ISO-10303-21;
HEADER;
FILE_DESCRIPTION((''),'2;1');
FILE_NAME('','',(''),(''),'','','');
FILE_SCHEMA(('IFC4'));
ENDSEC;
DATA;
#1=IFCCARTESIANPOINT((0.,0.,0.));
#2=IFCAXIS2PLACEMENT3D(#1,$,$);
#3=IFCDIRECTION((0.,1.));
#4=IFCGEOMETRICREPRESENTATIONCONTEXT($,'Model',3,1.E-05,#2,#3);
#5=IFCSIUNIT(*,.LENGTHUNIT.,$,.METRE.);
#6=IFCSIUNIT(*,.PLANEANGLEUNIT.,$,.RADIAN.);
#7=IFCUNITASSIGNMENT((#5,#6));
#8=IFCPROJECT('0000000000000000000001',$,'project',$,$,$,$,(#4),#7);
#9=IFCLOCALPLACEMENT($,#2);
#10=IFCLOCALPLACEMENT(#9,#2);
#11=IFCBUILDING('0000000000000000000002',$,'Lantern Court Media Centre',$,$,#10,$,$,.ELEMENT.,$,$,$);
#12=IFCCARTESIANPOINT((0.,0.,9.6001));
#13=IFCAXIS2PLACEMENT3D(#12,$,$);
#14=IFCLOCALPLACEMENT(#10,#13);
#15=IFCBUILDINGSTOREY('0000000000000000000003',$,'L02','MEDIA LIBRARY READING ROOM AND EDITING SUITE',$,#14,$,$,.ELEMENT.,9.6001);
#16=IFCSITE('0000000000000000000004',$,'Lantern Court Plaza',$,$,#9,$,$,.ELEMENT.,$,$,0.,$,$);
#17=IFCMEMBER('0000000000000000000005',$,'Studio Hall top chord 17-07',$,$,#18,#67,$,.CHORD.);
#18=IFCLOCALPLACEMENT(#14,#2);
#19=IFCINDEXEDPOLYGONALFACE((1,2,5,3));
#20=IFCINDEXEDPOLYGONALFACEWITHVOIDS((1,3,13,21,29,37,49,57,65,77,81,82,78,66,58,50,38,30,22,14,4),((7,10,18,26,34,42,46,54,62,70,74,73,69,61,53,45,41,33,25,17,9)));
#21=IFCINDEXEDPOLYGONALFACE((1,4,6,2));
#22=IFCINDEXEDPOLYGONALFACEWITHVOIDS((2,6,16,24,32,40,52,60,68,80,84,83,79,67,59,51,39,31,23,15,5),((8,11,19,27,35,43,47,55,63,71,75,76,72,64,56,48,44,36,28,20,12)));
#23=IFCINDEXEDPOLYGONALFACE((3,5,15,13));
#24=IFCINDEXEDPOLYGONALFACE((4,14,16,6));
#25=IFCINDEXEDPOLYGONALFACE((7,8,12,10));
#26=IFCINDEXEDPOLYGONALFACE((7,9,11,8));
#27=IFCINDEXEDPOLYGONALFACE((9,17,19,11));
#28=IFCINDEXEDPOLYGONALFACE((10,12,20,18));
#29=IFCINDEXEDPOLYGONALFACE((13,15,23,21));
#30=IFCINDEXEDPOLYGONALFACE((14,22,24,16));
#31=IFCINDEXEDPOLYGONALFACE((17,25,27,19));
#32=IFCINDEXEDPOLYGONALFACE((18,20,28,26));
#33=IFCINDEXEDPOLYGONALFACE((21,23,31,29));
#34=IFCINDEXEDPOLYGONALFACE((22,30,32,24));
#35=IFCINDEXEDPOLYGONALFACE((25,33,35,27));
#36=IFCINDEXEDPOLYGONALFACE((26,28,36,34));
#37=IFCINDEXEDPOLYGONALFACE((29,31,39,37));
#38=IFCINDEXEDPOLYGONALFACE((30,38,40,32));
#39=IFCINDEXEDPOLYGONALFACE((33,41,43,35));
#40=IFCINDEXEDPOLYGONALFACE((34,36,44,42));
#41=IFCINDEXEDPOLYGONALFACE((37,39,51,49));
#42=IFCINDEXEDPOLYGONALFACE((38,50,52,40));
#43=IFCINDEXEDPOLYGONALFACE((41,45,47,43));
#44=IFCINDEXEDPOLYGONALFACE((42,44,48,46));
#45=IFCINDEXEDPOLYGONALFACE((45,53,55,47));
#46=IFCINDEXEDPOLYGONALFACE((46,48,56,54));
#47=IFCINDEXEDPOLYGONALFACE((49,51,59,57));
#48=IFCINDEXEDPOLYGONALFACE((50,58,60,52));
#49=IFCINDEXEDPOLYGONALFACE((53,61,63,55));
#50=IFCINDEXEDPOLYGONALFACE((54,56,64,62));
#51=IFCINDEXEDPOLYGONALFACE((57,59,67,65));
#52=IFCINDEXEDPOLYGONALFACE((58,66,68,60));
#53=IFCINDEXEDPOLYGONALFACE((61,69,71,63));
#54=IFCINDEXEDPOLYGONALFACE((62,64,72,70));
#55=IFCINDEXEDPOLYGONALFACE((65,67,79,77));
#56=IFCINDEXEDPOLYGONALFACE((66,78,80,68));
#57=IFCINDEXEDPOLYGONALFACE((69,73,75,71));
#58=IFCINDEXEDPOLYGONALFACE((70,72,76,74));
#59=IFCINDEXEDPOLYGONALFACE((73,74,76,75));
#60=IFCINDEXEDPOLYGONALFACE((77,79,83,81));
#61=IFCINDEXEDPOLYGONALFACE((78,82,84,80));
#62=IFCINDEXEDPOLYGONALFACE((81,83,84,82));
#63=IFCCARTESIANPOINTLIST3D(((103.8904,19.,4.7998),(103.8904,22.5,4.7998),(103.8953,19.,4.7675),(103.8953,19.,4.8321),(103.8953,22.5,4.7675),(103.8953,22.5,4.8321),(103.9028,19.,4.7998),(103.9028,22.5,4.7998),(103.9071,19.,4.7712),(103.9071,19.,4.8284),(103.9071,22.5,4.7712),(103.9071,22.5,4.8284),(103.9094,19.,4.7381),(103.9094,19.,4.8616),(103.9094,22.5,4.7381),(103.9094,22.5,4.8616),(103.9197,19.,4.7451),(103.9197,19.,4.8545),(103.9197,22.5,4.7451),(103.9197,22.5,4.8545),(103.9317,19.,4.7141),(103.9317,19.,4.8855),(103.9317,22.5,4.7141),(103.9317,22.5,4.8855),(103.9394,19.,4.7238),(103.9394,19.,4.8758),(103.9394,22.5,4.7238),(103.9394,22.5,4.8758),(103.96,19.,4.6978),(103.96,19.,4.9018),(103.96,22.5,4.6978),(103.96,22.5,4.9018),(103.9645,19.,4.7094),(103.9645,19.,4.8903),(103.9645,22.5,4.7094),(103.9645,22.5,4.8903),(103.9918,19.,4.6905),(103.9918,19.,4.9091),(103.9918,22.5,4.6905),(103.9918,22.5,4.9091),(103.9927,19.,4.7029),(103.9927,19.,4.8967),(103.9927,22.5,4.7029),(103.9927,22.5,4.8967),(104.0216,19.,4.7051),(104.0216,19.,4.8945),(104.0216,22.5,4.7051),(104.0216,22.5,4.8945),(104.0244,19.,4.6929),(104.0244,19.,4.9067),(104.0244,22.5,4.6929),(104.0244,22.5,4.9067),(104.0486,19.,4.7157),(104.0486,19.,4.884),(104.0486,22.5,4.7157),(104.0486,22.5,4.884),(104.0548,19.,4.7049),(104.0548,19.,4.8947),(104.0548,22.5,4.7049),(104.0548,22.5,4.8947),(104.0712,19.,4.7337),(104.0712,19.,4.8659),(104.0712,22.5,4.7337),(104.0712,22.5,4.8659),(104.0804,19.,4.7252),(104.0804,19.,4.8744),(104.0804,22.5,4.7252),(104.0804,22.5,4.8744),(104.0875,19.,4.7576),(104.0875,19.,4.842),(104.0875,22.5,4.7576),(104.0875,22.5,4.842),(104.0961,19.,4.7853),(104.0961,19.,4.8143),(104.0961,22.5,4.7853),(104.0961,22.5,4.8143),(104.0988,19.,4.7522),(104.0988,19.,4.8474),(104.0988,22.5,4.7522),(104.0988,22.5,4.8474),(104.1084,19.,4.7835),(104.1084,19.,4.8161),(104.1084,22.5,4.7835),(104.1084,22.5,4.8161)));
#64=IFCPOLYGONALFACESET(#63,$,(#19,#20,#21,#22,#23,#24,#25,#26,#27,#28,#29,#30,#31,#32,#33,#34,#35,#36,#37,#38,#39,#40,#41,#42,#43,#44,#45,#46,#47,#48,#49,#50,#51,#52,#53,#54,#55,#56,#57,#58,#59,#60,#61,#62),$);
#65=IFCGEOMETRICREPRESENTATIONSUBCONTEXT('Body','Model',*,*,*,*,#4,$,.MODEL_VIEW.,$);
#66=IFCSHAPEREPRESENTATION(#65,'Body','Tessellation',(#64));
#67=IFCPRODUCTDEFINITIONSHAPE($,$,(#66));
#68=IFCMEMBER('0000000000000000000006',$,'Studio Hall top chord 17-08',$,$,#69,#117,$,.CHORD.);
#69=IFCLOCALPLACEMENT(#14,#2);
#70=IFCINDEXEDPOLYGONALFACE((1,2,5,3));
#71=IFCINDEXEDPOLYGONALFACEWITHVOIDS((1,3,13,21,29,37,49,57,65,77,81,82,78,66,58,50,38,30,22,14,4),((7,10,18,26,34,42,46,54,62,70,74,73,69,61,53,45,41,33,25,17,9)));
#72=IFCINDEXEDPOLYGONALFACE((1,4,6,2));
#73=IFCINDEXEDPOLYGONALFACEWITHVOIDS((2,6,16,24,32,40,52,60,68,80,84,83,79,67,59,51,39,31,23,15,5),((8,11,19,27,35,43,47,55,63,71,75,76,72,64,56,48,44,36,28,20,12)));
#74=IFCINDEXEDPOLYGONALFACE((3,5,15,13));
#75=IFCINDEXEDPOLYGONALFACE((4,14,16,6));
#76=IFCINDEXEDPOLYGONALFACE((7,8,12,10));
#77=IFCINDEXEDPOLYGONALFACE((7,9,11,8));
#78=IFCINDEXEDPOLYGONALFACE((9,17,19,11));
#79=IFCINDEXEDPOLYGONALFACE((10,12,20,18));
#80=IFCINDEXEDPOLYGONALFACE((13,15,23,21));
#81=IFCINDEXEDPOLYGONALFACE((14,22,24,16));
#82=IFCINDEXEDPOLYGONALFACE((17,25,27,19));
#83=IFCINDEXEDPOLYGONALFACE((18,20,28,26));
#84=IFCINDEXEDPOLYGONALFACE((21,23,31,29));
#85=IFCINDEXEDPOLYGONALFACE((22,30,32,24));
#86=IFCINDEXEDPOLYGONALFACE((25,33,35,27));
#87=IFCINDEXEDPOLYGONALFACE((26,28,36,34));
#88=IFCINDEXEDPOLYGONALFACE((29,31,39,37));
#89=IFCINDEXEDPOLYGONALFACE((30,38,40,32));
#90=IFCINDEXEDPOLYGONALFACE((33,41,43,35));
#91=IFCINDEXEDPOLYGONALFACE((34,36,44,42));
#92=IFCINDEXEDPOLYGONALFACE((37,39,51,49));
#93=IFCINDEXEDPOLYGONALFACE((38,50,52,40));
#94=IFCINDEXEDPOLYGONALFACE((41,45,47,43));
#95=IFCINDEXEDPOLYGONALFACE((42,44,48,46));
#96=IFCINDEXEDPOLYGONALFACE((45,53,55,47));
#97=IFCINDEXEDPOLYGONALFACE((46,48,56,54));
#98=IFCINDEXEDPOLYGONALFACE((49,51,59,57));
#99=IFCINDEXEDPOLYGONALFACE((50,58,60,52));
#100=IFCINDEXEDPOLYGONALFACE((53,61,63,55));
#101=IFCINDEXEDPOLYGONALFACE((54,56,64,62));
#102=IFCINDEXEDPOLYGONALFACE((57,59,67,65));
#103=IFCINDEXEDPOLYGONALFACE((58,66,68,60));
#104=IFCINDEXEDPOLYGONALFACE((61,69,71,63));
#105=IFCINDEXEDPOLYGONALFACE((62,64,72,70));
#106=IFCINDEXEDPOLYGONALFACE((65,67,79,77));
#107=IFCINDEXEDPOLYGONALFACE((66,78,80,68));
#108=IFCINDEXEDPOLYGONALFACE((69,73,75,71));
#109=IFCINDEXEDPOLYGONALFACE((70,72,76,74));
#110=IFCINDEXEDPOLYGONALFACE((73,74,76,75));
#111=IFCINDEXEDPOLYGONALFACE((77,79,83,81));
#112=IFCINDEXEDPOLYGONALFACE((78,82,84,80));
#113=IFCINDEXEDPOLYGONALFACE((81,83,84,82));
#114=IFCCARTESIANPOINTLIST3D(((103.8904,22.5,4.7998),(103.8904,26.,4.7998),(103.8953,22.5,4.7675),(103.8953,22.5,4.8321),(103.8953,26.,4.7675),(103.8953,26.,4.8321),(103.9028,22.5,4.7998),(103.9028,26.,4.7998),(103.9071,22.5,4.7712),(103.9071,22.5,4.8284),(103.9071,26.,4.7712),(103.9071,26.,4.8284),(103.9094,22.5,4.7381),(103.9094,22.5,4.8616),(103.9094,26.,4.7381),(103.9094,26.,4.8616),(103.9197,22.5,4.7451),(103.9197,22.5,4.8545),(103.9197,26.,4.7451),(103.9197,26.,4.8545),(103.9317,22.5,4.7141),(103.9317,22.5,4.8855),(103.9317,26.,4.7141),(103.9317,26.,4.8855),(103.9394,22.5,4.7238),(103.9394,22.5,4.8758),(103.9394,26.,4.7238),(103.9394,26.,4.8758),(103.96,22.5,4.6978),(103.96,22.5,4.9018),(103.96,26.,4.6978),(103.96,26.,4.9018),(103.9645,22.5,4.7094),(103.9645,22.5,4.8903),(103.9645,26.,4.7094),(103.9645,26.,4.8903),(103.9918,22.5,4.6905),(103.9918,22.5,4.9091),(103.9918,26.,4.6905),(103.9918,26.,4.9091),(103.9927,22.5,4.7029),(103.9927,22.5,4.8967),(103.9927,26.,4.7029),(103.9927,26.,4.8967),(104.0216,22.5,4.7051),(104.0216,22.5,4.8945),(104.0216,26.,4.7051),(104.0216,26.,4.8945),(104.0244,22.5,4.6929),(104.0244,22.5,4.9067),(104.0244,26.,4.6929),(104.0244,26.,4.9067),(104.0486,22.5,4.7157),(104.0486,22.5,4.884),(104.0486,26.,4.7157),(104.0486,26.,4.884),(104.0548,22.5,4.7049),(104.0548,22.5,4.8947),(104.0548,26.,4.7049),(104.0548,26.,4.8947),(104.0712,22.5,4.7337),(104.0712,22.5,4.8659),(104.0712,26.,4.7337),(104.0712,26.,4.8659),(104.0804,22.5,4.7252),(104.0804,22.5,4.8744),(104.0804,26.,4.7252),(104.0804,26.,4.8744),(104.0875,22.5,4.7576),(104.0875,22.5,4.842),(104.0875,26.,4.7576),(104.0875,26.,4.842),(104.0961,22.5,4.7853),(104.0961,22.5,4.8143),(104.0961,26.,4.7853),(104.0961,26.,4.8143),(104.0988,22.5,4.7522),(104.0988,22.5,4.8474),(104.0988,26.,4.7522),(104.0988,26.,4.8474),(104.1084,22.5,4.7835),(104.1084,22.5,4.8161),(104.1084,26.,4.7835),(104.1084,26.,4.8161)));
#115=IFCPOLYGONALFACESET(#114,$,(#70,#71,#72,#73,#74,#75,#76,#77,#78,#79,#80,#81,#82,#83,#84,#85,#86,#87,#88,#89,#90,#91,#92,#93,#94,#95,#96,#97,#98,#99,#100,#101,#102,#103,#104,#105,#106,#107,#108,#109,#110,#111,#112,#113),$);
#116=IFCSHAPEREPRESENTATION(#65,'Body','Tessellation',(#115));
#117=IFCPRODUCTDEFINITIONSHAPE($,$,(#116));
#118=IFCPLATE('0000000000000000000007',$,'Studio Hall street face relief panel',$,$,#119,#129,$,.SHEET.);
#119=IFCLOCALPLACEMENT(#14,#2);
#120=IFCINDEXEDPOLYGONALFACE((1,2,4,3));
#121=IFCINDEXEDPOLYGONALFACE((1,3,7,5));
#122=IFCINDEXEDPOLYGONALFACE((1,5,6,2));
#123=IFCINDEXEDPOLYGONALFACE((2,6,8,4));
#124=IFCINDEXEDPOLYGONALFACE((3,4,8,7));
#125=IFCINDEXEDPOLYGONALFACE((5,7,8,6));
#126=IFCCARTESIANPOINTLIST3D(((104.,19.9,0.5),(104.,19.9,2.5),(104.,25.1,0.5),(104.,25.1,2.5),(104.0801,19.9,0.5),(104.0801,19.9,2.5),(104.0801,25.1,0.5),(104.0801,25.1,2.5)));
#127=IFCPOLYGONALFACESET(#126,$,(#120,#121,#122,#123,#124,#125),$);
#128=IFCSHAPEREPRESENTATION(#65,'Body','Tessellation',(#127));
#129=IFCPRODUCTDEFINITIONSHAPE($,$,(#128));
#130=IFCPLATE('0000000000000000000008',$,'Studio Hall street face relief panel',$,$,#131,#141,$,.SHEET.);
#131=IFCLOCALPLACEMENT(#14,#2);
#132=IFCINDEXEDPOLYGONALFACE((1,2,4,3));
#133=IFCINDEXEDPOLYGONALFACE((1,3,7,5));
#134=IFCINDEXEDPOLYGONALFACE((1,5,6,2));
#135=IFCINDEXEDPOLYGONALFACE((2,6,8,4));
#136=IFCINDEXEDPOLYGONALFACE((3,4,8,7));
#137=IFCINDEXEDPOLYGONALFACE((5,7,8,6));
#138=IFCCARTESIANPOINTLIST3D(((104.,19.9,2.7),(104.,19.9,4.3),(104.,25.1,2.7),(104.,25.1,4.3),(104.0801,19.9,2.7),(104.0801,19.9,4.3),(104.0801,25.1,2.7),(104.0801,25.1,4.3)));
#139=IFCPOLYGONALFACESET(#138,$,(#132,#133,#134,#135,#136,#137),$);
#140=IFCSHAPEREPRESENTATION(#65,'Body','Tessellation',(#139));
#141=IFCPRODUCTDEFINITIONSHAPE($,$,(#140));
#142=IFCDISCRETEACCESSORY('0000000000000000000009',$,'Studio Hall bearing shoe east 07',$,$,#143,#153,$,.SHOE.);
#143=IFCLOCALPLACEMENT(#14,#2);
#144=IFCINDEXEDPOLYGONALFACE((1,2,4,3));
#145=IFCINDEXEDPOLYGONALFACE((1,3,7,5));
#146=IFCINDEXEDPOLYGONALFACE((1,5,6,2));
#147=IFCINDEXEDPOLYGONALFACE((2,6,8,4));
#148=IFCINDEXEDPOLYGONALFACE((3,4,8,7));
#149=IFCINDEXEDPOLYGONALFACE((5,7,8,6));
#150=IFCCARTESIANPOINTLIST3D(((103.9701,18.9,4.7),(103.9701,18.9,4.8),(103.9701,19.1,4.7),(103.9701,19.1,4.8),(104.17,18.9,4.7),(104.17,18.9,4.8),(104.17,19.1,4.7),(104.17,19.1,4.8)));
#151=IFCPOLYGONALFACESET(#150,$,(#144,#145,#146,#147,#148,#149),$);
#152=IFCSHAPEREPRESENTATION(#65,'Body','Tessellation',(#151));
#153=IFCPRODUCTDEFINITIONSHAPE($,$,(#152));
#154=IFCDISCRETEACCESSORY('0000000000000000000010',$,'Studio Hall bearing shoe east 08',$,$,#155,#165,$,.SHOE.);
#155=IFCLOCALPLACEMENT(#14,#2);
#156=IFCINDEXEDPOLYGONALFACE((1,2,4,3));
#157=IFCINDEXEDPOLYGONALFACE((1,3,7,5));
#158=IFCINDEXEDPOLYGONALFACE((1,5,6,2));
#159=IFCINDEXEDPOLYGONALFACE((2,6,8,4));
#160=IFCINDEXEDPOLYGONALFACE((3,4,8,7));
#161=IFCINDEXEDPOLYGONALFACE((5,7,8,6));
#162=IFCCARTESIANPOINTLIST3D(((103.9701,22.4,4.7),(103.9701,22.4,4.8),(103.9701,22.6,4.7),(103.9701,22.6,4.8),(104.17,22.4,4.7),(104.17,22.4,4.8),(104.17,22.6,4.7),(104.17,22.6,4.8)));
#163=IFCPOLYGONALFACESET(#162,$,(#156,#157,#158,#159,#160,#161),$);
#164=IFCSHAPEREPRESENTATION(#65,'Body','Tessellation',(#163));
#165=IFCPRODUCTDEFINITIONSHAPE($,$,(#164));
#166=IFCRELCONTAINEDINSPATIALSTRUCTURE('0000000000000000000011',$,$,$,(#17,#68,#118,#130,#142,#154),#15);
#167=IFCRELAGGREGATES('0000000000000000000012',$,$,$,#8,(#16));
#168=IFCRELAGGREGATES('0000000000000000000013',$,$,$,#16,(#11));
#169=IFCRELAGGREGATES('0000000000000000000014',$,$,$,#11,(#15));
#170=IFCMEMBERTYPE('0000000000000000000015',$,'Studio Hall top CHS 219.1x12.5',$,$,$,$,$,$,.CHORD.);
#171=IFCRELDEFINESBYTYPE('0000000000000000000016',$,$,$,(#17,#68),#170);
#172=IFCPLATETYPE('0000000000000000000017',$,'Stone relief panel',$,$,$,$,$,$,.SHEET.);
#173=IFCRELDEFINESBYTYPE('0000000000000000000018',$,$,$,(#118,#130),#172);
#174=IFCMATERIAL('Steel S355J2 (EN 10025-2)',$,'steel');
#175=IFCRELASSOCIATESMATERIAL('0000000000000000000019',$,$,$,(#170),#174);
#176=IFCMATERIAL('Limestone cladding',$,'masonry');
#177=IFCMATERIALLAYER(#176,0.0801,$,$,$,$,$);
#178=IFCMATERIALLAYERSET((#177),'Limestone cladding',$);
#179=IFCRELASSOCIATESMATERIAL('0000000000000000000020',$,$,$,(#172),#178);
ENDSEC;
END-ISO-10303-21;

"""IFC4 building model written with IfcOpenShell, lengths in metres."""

from ifc_helpers import new_model, si_unit, direction, frame, origin, origin_2d, place, context, subcontext, project, spatial, rectangle, hollow_circle, extrude, material, layer, layer_set, material_profile, profile_set, type_object, element, save


model = new_model("IFC4")

# Units and contexts
model_context = context("Model", 3, precision=1e-05, world=origin(), true_north=direction((0.0, 1.0)))
body_context = subcontext(model_context, "Body", "Model", "MODEL_VIEW")
ifc_project = project(units=[si_unit("LENGTHUNIT", "METRE"), si_unit("PLANEANGLEUNIT", "RADIAN")], contexts=[model_context])

# Site, building, storey
site_placement = place(None, origin())
site = spatial("IfcSite", under=ifc_project, at=site_placement, Name="Lantern Court Plaza", CompositionType="ELEMENT", RefElevation=0.0)
building_placement = place(site_placement, origin())
building = spatial("IfcBuilding", under=site, at=building_placement, Name="Lantern Court Media Centre", CompositionType="ELEMENT")
storey_placement = place(building_placement, frame((0.0, 0.0, 9.6001)))
storey = spatial("IfcBuildingStorey", under=building, at=storey_placement, Name="L02", Description="MEDIA LIBRARY READING ROOM AND EDITING SUITE", CompositionType="ELEMENT", Elevation=9.6001)

# Shared definitions
ifc_material_1 = material(Name="Steel S355J2 (EN 10025-2)", Category="steel")

# Members
ifc_material_profile_1 = material_profile(ifc_material_1, hollow_circle(Radius=0.1096, WallThickness=0.0125, at=origin_2d()), Name="Studio Hall top CHS 219.1x12.5")
ifc_profile_set_1 = profile_set([ifc_material_profile_1], Name="Steel S355J2 (EN 10025-2)")
member_type_1 = type_object("IfcMemberType", Name="Studio Hall top CHS 219.1x12.5", PredefinedType="CHORD", material=ifc_profile_set_1)
for number, where, z_axis, x_axis, name in (
    (1, (104.0, 19.0, 4.7998), (0.0, 1.0, 0.0), (-1.0, 0.0, 0.0), "Studio Hall top chord 17-07"),
    (2, (104.0, 22.5, 4.7998), (0.0, 1.0, 0.0), (-1.0, 0.0, 0.0), "Studio Hall top chord 17-08"),
):
    element("IfcMember", number, at=place(storey_placement, frame(where, z_axis=z_axis, x_axis=x_axis)), inside=storey, type_object=member_type_1, Name=name, PredefinedType="CHORD", context=body_context, shape_type="SweptSolid", body=[
        extrude(hollow_circle(Radius=0.1096, WallThickness=0.0125, at=origin_2d()), origin(), (0.0, 0.0, 1.0), 3.5),
    ])

# Plates
ifc_material_2 = material(Name="Limestone cladding", Category="masonry")
ifc_layer = layer(ifc_material_2, 0.0801)
ifc_layer_set = layer_set([ifc_layer], Name="Limestone cladding")
plate_type = type_object("IfcPlateType", Name="Stone relief panel", PredefinedType="SHEET", material=ifc_layer_set)
plate_1_placement = place(storey_placement, frame((104.04, 22.5, 0.5), z_axis=(0.0, 0.0, 1.0), x_axis=(1.0, 0.0, 0.0)))
element("IfcPlate", 3, at=plate_1_placement, inside=storey, type_object=plate_type, Name="Studio Hall street face relief panel", PredefinedType="SHEET", context=body_context, shape_type="SweptSolid", body=[
    extrude(rectangle(XDim=0.0801, YDim=5.2, at=origin_2d()), origin(), (0.0, 0.0, 1.0), 2.0),
])
plate_2_placement = place(storey_placement, frame((104.04, 22.5, 2.7), z_axis=(0.0, 0.0, 1.0), x_axis=(1.0, 0.0, 0.0)))
element("IfcPlate", 4, at=plate_2_placement, inside=storey, type_object=plate_type, Name="Studio Hall street face relief panel", PredefinedType="SHEET", context=body_context, shape_type="SweptSolid", body=[
    extrude(rectangle(XDim=0.0801, YDim=5.2, at=origin_2d()), origin(), (0.0, 0.0, 1.0), 1.6001),
])

# Discrete accessories
for number, where, z_axis, x_axis, name in (
    (5, (104.0701, 19.0, 4.7), (0.0, 0.0, 1.0), (1.0, 0.0, 0.0), "Studio Hall bearing shoe east 07"),
    (6, (104.0701, 22.5, 4.7), (0.0, 0.0, 1.0), (1.0, 0.0, 0.0), "Studio Hall bearing shoe east 08"),
):
    element("IfcDiscreteAccessory", number, at=place(storey_placement, frame(where, z_axis=z_axis, x_axis=x_axis)), inside=storey, Name=name, PredefinedType="SHOE", context=body_context, shape_type="SweptSolid", body=[
        extrude(rectangle(XDim=0.2, YDim=0.2, at=origin_2d()), origin(), (0.0, 0.0, 1.0), 0.1001),
    ])

save(model, "model.ifc")
